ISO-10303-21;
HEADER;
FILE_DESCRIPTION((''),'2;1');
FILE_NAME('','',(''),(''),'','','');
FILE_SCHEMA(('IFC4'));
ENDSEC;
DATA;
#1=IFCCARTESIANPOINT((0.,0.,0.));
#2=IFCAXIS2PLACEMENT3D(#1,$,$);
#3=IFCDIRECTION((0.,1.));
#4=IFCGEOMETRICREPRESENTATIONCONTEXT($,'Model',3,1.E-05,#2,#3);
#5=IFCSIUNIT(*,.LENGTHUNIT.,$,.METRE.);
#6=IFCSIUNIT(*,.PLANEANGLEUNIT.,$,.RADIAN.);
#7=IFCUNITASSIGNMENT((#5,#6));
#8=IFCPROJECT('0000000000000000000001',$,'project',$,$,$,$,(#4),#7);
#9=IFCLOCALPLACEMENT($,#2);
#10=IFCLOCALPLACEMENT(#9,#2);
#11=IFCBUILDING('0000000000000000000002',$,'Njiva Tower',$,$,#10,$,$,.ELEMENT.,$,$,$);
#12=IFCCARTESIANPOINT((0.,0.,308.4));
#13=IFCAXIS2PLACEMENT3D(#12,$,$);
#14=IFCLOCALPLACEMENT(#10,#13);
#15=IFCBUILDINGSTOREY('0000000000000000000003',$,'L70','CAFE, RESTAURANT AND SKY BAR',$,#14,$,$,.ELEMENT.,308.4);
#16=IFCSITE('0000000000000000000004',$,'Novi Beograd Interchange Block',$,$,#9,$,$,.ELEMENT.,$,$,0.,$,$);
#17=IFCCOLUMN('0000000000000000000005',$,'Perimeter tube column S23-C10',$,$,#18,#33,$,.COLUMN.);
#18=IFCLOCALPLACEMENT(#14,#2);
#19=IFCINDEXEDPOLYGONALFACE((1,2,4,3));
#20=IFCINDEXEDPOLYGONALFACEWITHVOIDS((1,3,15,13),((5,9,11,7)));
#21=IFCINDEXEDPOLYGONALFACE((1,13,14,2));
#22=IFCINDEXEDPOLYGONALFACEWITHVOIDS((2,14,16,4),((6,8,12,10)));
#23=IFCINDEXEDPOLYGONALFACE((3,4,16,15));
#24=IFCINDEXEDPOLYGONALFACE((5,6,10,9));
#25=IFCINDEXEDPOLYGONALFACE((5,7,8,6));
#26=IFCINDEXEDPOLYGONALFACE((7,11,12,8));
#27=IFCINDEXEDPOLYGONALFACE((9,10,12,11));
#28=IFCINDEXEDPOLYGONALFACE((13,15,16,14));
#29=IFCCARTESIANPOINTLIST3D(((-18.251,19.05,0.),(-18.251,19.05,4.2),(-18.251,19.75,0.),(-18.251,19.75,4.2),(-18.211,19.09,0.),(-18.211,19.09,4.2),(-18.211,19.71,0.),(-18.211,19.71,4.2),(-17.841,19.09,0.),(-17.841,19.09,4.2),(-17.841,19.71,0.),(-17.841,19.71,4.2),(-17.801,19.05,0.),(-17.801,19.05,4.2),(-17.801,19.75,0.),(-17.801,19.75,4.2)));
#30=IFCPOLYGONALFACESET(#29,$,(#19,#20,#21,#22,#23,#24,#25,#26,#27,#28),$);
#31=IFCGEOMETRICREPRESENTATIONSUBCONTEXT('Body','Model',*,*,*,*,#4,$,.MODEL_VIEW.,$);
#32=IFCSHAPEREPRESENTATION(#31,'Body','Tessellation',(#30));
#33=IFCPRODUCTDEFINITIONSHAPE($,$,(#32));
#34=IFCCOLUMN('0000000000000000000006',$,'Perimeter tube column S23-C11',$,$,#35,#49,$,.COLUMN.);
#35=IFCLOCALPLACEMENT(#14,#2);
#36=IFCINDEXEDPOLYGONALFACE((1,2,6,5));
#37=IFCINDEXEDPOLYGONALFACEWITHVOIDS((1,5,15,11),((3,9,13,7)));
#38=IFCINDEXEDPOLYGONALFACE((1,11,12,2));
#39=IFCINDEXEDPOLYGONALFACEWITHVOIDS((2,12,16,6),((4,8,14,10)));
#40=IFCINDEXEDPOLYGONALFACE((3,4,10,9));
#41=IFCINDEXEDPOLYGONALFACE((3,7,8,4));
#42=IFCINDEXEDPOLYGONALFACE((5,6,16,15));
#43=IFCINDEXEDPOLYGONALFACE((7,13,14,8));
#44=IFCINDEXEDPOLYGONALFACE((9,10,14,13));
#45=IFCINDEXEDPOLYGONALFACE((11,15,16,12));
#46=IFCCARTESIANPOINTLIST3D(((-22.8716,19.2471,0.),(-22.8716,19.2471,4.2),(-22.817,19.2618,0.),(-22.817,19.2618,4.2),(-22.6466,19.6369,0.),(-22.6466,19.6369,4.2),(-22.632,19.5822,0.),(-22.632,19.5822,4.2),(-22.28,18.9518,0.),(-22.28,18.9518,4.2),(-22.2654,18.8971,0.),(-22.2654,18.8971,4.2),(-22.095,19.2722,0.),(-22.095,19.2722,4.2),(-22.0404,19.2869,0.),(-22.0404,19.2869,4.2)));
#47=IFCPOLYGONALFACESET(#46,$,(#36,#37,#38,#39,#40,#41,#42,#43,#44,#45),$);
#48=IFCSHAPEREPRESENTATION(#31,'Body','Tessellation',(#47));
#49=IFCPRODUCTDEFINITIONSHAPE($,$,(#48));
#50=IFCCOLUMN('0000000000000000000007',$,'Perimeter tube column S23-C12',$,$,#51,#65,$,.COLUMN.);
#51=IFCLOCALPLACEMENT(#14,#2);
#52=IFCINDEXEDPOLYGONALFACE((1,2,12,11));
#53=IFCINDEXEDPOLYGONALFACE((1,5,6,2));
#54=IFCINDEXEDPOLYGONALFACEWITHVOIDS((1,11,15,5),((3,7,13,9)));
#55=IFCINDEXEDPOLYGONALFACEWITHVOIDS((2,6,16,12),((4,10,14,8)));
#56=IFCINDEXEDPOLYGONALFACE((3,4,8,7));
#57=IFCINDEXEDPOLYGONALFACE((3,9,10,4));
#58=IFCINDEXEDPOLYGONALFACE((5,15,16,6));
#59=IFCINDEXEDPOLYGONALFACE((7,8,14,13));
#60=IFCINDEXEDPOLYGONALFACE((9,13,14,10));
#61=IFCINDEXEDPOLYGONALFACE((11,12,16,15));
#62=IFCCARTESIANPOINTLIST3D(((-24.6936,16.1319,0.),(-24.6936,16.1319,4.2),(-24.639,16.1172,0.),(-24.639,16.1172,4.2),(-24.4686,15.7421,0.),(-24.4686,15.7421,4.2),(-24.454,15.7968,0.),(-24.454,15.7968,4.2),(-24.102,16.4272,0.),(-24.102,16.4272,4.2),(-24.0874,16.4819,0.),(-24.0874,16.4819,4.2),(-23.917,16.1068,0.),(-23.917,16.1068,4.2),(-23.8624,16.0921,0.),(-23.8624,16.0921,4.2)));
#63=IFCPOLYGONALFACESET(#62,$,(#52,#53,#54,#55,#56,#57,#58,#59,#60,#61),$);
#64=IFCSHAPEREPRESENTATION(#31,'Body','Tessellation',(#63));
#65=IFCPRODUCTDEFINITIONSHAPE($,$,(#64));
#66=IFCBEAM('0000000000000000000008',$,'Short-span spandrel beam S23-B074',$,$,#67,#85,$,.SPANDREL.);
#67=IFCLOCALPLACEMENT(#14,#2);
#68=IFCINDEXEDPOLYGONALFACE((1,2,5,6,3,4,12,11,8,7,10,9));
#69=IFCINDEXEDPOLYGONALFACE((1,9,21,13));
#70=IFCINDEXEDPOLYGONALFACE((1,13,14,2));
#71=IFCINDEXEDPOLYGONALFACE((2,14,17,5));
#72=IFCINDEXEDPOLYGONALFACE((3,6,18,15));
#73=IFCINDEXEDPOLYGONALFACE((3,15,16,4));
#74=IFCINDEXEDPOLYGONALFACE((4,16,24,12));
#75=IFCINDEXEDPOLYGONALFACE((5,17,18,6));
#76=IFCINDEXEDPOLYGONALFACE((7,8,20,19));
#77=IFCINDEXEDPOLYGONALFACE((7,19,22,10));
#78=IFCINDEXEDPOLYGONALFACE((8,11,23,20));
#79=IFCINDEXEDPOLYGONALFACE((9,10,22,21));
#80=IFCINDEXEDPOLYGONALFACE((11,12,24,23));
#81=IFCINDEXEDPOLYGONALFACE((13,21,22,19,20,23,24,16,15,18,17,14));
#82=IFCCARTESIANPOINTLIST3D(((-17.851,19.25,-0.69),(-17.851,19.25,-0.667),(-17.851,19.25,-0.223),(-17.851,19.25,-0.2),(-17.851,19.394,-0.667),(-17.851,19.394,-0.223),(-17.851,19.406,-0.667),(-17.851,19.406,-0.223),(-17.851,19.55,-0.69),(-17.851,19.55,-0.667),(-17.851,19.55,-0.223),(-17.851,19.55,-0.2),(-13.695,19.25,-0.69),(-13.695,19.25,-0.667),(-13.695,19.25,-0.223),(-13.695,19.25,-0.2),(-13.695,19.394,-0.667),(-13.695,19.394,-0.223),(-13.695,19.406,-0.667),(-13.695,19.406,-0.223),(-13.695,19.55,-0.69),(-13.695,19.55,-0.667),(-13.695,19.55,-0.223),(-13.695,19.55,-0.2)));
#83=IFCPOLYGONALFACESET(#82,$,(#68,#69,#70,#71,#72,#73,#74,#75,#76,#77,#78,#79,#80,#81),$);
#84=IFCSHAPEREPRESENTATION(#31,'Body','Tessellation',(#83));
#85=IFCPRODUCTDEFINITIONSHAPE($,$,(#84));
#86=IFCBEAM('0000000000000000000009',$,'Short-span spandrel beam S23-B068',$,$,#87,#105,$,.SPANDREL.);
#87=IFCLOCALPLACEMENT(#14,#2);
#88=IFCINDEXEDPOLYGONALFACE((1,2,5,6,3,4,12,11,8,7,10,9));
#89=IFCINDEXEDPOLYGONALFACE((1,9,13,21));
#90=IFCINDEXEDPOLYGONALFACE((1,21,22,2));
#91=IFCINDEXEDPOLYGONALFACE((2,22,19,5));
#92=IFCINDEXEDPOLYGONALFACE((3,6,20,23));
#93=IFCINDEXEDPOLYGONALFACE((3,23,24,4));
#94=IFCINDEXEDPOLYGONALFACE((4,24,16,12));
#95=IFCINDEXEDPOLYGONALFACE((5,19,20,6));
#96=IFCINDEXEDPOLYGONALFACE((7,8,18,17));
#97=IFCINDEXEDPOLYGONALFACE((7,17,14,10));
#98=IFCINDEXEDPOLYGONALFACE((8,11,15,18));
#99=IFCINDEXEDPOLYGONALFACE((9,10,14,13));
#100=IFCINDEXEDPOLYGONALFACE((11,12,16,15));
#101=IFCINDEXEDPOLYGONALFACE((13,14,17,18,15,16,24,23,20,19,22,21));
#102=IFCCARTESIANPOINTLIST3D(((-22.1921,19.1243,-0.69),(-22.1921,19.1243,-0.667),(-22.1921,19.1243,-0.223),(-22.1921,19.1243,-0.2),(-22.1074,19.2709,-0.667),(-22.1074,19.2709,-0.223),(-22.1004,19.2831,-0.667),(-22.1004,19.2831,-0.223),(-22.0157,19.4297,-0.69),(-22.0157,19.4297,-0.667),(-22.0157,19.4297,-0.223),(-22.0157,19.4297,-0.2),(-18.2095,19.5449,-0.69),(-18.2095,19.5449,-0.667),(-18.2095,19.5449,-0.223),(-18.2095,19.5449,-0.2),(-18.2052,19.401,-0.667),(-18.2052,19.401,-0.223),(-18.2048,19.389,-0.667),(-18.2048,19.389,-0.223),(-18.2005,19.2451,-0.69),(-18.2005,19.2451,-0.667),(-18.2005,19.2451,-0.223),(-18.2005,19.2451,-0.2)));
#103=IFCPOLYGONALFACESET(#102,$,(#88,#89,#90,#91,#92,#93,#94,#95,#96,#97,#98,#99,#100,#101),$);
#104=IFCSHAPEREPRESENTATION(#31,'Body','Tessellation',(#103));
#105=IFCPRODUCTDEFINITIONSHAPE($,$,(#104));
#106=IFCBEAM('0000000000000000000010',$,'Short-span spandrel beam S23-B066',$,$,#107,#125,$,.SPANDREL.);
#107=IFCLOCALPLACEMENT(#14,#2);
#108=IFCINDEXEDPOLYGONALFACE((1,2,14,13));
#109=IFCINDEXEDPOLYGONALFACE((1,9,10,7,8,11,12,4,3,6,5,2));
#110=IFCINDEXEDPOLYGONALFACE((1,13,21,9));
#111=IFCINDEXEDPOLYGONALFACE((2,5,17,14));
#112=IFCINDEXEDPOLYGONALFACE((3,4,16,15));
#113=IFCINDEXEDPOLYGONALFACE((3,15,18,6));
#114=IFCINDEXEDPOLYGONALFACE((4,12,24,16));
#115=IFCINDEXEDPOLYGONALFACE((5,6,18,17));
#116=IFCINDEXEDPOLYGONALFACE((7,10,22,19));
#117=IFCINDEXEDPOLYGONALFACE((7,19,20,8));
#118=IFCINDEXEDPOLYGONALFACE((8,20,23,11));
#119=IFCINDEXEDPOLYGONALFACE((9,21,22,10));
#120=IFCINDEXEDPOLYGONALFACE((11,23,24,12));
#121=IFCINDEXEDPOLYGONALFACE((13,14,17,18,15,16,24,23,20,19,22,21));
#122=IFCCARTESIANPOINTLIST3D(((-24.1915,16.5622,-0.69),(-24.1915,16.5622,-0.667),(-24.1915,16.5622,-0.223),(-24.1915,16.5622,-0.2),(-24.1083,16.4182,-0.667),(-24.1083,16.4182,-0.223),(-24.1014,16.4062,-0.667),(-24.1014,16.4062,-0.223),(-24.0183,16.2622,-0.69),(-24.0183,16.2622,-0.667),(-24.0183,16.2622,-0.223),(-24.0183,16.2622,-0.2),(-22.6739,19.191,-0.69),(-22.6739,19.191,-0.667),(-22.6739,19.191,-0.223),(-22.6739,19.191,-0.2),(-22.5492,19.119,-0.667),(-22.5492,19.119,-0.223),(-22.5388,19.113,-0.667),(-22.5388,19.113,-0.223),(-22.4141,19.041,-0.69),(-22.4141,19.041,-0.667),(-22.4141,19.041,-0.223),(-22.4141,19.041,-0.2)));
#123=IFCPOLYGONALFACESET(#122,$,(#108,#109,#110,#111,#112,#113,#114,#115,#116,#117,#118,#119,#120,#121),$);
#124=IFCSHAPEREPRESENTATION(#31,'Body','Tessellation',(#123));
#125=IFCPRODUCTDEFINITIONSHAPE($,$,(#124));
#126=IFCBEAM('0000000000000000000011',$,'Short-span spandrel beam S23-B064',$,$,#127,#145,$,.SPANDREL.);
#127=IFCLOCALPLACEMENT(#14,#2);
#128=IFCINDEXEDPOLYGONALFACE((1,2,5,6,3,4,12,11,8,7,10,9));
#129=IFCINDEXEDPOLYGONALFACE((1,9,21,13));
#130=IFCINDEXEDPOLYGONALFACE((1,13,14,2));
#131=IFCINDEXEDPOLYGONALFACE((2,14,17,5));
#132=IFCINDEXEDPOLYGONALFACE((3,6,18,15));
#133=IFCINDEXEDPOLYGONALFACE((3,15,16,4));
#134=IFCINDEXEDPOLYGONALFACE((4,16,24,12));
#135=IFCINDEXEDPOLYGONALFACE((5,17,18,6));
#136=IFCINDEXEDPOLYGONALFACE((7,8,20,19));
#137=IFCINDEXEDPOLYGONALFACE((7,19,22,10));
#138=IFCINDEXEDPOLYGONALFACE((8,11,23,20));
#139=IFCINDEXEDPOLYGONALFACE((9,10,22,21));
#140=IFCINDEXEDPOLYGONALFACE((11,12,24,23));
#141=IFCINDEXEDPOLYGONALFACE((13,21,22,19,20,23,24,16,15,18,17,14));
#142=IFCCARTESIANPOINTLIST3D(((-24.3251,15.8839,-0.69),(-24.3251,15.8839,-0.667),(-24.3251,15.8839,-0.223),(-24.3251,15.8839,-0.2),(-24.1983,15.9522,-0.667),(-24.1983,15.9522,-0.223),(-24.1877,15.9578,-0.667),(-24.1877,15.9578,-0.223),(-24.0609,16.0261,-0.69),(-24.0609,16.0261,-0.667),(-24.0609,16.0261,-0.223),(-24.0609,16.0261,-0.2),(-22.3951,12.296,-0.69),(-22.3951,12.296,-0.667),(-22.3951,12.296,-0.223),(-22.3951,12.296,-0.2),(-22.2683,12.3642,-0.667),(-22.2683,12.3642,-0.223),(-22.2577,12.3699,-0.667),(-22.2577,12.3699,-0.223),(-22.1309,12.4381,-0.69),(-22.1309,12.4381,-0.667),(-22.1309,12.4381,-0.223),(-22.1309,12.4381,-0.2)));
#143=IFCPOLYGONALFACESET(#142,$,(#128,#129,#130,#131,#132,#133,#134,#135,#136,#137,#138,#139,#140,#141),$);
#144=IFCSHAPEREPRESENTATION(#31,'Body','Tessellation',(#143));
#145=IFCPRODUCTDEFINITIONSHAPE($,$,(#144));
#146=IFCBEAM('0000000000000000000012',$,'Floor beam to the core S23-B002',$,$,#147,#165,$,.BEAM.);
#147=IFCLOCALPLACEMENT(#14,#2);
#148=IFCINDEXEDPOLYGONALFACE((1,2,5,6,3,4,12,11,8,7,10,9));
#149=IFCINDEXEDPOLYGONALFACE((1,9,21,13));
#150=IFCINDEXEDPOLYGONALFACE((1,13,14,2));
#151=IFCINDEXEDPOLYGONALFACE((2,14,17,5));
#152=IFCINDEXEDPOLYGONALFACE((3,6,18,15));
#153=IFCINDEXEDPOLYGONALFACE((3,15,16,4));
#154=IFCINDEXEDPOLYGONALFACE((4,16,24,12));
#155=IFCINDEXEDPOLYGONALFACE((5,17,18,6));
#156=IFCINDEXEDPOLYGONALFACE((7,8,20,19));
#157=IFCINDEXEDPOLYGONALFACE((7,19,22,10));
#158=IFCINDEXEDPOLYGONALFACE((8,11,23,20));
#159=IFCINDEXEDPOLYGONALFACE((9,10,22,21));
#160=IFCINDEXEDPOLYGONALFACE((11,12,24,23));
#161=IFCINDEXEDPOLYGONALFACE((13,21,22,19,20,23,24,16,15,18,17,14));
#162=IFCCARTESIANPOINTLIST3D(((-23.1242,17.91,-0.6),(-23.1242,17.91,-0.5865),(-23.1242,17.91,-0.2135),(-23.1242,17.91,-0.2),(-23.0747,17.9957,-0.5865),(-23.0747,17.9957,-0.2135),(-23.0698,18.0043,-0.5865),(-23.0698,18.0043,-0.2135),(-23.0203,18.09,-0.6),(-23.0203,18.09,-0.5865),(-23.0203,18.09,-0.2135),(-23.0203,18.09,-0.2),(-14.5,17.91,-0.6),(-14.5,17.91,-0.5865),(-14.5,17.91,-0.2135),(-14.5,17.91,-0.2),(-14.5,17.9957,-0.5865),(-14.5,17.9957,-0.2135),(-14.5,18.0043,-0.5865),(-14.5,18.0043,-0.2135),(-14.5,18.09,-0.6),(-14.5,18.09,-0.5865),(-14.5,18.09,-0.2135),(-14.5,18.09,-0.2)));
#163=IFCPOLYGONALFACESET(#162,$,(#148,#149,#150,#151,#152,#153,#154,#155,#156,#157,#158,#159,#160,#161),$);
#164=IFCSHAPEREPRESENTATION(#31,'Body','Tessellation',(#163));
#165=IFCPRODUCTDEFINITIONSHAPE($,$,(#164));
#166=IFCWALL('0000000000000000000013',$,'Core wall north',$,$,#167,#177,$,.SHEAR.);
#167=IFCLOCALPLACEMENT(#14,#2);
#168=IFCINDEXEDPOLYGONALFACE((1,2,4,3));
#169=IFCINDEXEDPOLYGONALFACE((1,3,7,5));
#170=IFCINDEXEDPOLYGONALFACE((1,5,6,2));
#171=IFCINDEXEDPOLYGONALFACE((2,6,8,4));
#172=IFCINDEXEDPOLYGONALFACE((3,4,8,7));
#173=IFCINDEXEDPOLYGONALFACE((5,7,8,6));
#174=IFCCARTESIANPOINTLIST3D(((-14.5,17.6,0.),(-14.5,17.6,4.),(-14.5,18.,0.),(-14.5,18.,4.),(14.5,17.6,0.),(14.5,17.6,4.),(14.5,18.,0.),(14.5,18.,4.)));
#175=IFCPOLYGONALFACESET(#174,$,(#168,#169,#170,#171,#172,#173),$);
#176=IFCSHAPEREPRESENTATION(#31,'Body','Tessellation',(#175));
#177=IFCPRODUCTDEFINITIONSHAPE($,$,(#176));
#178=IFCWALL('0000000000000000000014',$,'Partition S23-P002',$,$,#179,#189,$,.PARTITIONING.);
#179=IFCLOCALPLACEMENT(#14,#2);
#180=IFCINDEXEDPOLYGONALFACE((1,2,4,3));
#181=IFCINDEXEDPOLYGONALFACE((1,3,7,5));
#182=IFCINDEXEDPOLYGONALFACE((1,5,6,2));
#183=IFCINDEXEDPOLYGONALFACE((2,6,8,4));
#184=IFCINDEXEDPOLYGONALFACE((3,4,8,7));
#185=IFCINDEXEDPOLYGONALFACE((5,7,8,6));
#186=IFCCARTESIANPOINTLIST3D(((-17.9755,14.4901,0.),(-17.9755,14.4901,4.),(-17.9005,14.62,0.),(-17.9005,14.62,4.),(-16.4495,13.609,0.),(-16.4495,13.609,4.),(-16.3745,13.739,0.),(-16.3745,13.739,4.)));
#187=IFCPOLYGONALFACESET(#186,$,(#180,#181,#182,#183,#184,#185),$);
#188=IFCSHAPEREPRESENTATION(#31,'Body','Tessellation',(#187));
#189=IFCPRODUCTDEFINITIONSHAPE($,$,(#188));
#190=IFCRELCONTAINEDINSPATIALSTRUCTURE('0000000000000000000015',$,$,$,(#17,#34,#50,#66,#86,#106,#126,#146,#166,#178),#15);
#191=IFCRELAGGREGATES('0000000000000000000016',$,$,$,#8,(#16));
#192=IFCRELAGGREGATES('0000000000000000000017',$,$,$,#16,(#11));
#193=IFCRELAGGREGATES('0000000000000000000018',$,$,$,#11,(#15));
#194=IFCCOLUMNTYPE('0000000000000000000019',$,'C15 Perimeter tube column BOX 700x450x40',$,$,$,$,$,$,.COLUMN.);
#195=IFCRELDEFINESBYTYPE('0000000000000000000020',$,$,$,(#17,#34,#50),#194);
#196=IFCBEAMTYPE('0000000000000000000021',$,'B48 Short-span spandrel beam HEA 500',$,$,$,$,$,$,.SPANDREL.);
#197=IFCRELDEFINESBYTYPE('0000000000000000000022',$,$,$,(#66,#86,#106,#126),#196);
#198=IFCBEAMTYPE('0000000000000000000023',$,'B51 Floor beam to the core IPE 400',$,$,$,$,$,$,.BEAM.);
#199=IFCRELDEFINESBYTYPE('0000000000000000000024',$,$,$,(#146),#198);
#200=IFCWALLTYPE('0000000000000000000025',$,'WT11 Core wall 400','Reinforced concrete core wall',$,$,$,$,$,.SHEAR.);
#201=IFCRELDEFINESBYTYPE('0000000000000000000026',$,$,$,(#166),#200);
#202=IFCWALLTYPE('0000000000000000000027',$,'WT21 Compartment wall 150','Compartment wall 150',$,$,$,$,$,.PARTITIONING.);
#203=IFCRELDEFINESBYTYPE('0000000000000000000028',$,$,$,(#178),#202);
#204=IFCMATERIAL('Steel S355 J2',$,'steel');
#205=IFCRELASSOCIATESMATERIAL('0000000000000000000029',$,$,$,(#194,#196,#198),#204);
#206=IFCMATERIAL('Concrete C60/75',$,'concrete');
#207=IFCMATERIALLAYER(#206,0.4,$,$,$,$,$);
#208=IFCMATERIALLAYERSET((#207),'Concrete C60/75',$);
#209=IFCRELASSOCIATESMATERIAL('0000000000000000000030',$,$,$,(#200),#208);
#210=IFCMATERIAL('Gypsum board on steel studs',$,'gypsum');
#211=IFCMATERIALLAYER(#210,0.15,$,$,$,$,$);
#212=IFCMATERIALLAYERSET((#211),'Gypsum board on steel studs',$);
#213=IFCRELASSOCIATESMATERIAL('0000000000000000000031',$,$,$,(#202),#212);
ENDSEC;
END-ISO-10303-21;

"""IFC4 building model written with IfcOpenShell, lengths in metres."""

from ifc_helpers import new_model, si_unit, direction, frame, frame_2d, origin, origin_2d, place, context, subcontext, project, spatial, rectangle, hollow_rectangle, i_section, extrude, clip, halfspace, material, layer, layer_set, material_profile, profile_set, type_object, element, save


model = new_model("IFC4")

# Units and contexts
model_context = context("Model", 3, precision=1e-05, world=origin(), true_north=direction((0.0, 1.0)))
body_context = subcontext(model_context, "Body", "Model", "MODEL_VIEW")
ifc_project = project(units=[si_unit("LENGTHUNIT", "METRE"), si_unit("PLANEANGLEUNIT", "RADIAN")], contexts=[model_context])

# Site, building, storey
site_placement = place(None, origin())
site = spatial("IfcSite", under=ifc_project, at=site_placement, Name="Novi Beograd Interchange Block", CompositionType="ELEMENT", RefElevation=0.0)
building_placement = place(site_placement, origin())
building = spatial("IfcBuilding", under=site, at=building_placement, Name="Njiva Tower", CompositionType="ELEMENT")
storey_placement = place(building_placement, frame((0.0, 0.0, 308.4)))
storey = spatial("IfcBuildingStorey", under=building, at=storey_placement, Name="L70", Description="CAFE, RESTAURANT AND SKY BAR", CompositionType="ELEMENT", Elevation=308.4)

# Columns
ifc_material_1 = material(Name="Steel S355 J2", Category="steel")
ifc_material_profile_1 = material_profile(ifc_material_1, hollow_rectangle(XDim=0.45, YDim=0.7, WallThickness=0.04, at=origin_2d()), Name="BOX 700x450x40")
ifc_profile_set_1 = profile_set([ifc_material_profile_1], Name="Steel S355 J2")
column_type = type_object("IfcColumnType", Name="C15 Perimeter tube column BOX 700x450x40", PredefinedType="COLUMN", material=ifc_profile_set_1)
for number, where, z_axis, x_axis, name in (
    (1, (-18.026, 19.4, 0.0), (0.0, 0.0, 1.0), (-1.0, 0.0, 0.0), "Perimeter tube column S23-C10"),
    (2, (-22.456, 19.267, 0.0), (0.0, 0.0, 1.0), (-0.5, -0.866025, 0.0), "Perimeter tube column S23-C11"),
    (3, (-24.278, 16.112, 0.0), (0.0, 0.0, 1.0), (0.5, -0.866025, 0.0), "Perimeter tube column S23-C12"),
):
    element("IfcColumn", number, at=place(storey_placement, frame(where, z_axis=z_axis, x_axis=x_axis)), inside=storey, type_object=column_type, Name=name, PredefinedType="COLUMN", context=body_context, shape_type="SweptSolid", body=[
        extrude(hollow_rectangle(XDim=0.45, YDim=0.7, WallThickness=0.04, at=origin_2d()), origin(), (0.0, 0.0, 1.0), 4.2),
    ])

# Beams
ifc_material_profile_2 = material_profile(ifc_material_1, i_section(OverallWidth=0.3, OverallDepth=0.49, WebThickness=0.012, FlangeThickness=0.023, at=origin_2d()), Name="HEA 500")
ifc_profile_set_2 = profile_set([ifc_material_profile_2], Name="Steel S355 J2")
beam_type_1 = type_object("IfcBeamType", Name="B48 Short-span spandrel beam HEA 500", PredefinedType="SPANDREL", material=ifc_profile_set_2)
beam_1_placement = place(storey_placement, frame((-13.695, 19.4, -0.445), z_axis=(-1.0, 0.0, 0.0), x_axis=(0.0, -1.0, 0.0)))
element("IfcBeam", 4, at=beam_1_placement, inside=storey, type_object=beam_type_1, Name="Short-span spandrel beam S23-B074", PredefinedType="SPANDREL", context=body_context, shape_type="SweptSolid", body=[
    extrude(i_section(OverallWidth=0.3, OverallDepth=0.49, WebThickness=0.012, FlangeThickness=0.023, at=origin_2d()), origin(), (0.0, 0.0, 1.0), 4.156),
])
beam_2_placement = place(storey_placement, frame((-18.205, 19.395, -0.445), z_axis=(-0.999542, -0.03025, 0.0), x_axis=(0.03025, -0.999542, 0.0)))
element("IfcBeam", 5, at=beam_2_placement, inside=storey, type_object=beam_type_1, Name="Short-span spandrel beam S23-B068", PredefinedType="SPANDREL", context=body_context, shape_type="Clipping", body=[
    clip(extrude(i_section(OverallWidth=0.3, OverallDepth=0.49, WebThickness=0.012, FlangeThickness=0.023, at=origin_2d()), origin(), (0.0, 0.0, 1.0), 4.0138), halfspace(frame((-0.0268, 0.0, 3.8841), z_axis=(-0.525967, 0.0, 0.850505), x_axis=(0.0, 1.0, 0.0)), False)),
])
beam_3_placement = place(storey_placement, frame((-22.544, 19.116, -0.445), z_axis=(-0.499963, -0.866047, 0.0), x_axis=(0.866047, -0.499963, 0.0)))
element("IfcBeam", 6, at=beam_3_placement, inside=storey, type_object=beam_type_1, Name="Short-span spandrel beam S23-B066", PredefinedType="SPANDREL", context=body_context, shape_type="Clipping", body=[
    clip(extrude(i_section(OverallWidth=0.3, OverallDepth=0.49, WebThickness=0.012, FlangeThickness=0.023, at=origin_2d()), origin(), (0.0, 0.0, 1.0), 3.2292), halfspace(frame((-0.0246, 0.0, 3.1078), z_axis=(-0.500039, 0.0, 0.866003), x_axis=(0.0, 1.0, 0.0)), False)),
])
beam_4_placement = place(storey_placement, frame((-24.193, 15.955, -0.445), z_axis=(0.473719, -0.880676, 0.0), x_axis=(0.880676, 0.473719, 0.0)))
element("IfcBeam", 7, at=beam_4_placement, inside=storey, type_object=beam_type_1, Name="Short-span spandrel beam S23-B064", PredefinedType="SPANDREL", context=body_context, shape_type="SweptSolid", body=[
    extrude(i_section(OverallWidth=0.3, OverallDepth=0.49, WebThickness=0.012, FlangeThickness=0.023, at=origin_2d()), origin(), (0.0, 0.0, 1.0), 4.0741),
])
ifc_material_profile_3 = material_profile(ifc_material_1, i_section(OverallWidth=0.18, OverallDepth=0.4, WebThickness=0.0086, FlangeThickness=0.0135, at=origin_2d()), Name="IPE 400")
ifc_profile_set_3 = profile_set([ifc_material_profile_3], Name="Steel S355 J2")
beam_type_2 = type_object("IfcBeamType", Name="B51 Floor beam to the core IPE 400", PredefinedType="BEAM", material=ifc_profile_set_3)
beam_5_placement = place(storey_placement, frame((-23.144, 18.0, -0.4), z_axis=(1.0, 0.0, 0.0), x_axis=(0.0, 1.0, 0.0)))
element("IfcBeam", 8, at=beam_5_placement, inside=storey, type_object=beam_type_2, Name="Floor beam to the core S23-B002", PredefinedType="BEAM", context=body_context, shape_type="Clipping", body=[
    clip(extrude(i_section(OverallWidth=0.18, OverallDepth=0.4, WebThickness=0.0086, FlangeThickness=0.0135, at=origin_2d()), origin(), (0.0, 0.0, 1.0), 8.644), halfspace(frame((0.025, 0.0, 0.0862), z_axis=(0.499998, 0.0, -0.866027), x_axis=(0.0, -1.0, 0.0)), False)),
])

# Walls
ifc_material_2 = material(Name="Concrete C60/75", Category="concrete")
ifc_layer_1 = layer(ifc_material_2, 0.4)
ifc_layer_set_1 = layer_set([ifc_layer_1], Name="Concrete C60/75")
wall_type_1 = type_object("IfcWallType", Name="WT11 Core wall 400", Description="Reinforced concrete core wall", PredefinedType="SHEAR", material=ifc_layer_set_1)
wall_1_placement = place(storey_placement, frame((-14.5, 17.8, 0.0), z_axis=(0.0, 0.0, 1.0), x_axis=(1.0, 0.0, 0.0)))
element("IfcWall", 9, at=wall_1_placement, inside=storey, type_object=wall_type_1, Name="Core wall north", PredefinedType="SHEAR", context=body_context, shape_type="SweptSolid", body=[
    extrude(rectangle(XDim=29.0, YDim=0.4, at=frame_2d((14.5, 0.0))), origin(), (0.0, 0.0, 1.0), 4.0),
])
ifc_material_3 = material(Name="Gypsum board on steel studs", Category="gypsum")
ifc_layer_2 = layer(ifc_material_3, 0.15)
ifc_layer_set_2 = layer_set([ifc_layer_2], Name="Gypsum board on steel studs")
wall_type_2 = type_object("IfcWallType", Name="WT21 Compartment wall 150", Description="Compartment wall 150", PredefinedType="PARTITIONING", material=ifc_layer_set_2)
wall_2_placement = place(storey_placement, frame((-17.938, 14.555, 0.0), z_axis=(0.0, 0.0, 1.0), x_axis=(0.866034, -0.499984, 0.0)))
element("IfcWall", 10, at=wall_2_placement, inside=storey, type_object=wall_type_2, Name="Partition S23-P002", PredefinedType="PARTITIONING", context=body_context, shape_type="SweptSolid", body=[
    extrude(rectangle(XDim=1.7621, YDim=0.15, at=frame_2d((0.881, 0.0))), origin(), (0.0, 0.0, 1.0), 4.0),
])

save(model, "model.ifc")
